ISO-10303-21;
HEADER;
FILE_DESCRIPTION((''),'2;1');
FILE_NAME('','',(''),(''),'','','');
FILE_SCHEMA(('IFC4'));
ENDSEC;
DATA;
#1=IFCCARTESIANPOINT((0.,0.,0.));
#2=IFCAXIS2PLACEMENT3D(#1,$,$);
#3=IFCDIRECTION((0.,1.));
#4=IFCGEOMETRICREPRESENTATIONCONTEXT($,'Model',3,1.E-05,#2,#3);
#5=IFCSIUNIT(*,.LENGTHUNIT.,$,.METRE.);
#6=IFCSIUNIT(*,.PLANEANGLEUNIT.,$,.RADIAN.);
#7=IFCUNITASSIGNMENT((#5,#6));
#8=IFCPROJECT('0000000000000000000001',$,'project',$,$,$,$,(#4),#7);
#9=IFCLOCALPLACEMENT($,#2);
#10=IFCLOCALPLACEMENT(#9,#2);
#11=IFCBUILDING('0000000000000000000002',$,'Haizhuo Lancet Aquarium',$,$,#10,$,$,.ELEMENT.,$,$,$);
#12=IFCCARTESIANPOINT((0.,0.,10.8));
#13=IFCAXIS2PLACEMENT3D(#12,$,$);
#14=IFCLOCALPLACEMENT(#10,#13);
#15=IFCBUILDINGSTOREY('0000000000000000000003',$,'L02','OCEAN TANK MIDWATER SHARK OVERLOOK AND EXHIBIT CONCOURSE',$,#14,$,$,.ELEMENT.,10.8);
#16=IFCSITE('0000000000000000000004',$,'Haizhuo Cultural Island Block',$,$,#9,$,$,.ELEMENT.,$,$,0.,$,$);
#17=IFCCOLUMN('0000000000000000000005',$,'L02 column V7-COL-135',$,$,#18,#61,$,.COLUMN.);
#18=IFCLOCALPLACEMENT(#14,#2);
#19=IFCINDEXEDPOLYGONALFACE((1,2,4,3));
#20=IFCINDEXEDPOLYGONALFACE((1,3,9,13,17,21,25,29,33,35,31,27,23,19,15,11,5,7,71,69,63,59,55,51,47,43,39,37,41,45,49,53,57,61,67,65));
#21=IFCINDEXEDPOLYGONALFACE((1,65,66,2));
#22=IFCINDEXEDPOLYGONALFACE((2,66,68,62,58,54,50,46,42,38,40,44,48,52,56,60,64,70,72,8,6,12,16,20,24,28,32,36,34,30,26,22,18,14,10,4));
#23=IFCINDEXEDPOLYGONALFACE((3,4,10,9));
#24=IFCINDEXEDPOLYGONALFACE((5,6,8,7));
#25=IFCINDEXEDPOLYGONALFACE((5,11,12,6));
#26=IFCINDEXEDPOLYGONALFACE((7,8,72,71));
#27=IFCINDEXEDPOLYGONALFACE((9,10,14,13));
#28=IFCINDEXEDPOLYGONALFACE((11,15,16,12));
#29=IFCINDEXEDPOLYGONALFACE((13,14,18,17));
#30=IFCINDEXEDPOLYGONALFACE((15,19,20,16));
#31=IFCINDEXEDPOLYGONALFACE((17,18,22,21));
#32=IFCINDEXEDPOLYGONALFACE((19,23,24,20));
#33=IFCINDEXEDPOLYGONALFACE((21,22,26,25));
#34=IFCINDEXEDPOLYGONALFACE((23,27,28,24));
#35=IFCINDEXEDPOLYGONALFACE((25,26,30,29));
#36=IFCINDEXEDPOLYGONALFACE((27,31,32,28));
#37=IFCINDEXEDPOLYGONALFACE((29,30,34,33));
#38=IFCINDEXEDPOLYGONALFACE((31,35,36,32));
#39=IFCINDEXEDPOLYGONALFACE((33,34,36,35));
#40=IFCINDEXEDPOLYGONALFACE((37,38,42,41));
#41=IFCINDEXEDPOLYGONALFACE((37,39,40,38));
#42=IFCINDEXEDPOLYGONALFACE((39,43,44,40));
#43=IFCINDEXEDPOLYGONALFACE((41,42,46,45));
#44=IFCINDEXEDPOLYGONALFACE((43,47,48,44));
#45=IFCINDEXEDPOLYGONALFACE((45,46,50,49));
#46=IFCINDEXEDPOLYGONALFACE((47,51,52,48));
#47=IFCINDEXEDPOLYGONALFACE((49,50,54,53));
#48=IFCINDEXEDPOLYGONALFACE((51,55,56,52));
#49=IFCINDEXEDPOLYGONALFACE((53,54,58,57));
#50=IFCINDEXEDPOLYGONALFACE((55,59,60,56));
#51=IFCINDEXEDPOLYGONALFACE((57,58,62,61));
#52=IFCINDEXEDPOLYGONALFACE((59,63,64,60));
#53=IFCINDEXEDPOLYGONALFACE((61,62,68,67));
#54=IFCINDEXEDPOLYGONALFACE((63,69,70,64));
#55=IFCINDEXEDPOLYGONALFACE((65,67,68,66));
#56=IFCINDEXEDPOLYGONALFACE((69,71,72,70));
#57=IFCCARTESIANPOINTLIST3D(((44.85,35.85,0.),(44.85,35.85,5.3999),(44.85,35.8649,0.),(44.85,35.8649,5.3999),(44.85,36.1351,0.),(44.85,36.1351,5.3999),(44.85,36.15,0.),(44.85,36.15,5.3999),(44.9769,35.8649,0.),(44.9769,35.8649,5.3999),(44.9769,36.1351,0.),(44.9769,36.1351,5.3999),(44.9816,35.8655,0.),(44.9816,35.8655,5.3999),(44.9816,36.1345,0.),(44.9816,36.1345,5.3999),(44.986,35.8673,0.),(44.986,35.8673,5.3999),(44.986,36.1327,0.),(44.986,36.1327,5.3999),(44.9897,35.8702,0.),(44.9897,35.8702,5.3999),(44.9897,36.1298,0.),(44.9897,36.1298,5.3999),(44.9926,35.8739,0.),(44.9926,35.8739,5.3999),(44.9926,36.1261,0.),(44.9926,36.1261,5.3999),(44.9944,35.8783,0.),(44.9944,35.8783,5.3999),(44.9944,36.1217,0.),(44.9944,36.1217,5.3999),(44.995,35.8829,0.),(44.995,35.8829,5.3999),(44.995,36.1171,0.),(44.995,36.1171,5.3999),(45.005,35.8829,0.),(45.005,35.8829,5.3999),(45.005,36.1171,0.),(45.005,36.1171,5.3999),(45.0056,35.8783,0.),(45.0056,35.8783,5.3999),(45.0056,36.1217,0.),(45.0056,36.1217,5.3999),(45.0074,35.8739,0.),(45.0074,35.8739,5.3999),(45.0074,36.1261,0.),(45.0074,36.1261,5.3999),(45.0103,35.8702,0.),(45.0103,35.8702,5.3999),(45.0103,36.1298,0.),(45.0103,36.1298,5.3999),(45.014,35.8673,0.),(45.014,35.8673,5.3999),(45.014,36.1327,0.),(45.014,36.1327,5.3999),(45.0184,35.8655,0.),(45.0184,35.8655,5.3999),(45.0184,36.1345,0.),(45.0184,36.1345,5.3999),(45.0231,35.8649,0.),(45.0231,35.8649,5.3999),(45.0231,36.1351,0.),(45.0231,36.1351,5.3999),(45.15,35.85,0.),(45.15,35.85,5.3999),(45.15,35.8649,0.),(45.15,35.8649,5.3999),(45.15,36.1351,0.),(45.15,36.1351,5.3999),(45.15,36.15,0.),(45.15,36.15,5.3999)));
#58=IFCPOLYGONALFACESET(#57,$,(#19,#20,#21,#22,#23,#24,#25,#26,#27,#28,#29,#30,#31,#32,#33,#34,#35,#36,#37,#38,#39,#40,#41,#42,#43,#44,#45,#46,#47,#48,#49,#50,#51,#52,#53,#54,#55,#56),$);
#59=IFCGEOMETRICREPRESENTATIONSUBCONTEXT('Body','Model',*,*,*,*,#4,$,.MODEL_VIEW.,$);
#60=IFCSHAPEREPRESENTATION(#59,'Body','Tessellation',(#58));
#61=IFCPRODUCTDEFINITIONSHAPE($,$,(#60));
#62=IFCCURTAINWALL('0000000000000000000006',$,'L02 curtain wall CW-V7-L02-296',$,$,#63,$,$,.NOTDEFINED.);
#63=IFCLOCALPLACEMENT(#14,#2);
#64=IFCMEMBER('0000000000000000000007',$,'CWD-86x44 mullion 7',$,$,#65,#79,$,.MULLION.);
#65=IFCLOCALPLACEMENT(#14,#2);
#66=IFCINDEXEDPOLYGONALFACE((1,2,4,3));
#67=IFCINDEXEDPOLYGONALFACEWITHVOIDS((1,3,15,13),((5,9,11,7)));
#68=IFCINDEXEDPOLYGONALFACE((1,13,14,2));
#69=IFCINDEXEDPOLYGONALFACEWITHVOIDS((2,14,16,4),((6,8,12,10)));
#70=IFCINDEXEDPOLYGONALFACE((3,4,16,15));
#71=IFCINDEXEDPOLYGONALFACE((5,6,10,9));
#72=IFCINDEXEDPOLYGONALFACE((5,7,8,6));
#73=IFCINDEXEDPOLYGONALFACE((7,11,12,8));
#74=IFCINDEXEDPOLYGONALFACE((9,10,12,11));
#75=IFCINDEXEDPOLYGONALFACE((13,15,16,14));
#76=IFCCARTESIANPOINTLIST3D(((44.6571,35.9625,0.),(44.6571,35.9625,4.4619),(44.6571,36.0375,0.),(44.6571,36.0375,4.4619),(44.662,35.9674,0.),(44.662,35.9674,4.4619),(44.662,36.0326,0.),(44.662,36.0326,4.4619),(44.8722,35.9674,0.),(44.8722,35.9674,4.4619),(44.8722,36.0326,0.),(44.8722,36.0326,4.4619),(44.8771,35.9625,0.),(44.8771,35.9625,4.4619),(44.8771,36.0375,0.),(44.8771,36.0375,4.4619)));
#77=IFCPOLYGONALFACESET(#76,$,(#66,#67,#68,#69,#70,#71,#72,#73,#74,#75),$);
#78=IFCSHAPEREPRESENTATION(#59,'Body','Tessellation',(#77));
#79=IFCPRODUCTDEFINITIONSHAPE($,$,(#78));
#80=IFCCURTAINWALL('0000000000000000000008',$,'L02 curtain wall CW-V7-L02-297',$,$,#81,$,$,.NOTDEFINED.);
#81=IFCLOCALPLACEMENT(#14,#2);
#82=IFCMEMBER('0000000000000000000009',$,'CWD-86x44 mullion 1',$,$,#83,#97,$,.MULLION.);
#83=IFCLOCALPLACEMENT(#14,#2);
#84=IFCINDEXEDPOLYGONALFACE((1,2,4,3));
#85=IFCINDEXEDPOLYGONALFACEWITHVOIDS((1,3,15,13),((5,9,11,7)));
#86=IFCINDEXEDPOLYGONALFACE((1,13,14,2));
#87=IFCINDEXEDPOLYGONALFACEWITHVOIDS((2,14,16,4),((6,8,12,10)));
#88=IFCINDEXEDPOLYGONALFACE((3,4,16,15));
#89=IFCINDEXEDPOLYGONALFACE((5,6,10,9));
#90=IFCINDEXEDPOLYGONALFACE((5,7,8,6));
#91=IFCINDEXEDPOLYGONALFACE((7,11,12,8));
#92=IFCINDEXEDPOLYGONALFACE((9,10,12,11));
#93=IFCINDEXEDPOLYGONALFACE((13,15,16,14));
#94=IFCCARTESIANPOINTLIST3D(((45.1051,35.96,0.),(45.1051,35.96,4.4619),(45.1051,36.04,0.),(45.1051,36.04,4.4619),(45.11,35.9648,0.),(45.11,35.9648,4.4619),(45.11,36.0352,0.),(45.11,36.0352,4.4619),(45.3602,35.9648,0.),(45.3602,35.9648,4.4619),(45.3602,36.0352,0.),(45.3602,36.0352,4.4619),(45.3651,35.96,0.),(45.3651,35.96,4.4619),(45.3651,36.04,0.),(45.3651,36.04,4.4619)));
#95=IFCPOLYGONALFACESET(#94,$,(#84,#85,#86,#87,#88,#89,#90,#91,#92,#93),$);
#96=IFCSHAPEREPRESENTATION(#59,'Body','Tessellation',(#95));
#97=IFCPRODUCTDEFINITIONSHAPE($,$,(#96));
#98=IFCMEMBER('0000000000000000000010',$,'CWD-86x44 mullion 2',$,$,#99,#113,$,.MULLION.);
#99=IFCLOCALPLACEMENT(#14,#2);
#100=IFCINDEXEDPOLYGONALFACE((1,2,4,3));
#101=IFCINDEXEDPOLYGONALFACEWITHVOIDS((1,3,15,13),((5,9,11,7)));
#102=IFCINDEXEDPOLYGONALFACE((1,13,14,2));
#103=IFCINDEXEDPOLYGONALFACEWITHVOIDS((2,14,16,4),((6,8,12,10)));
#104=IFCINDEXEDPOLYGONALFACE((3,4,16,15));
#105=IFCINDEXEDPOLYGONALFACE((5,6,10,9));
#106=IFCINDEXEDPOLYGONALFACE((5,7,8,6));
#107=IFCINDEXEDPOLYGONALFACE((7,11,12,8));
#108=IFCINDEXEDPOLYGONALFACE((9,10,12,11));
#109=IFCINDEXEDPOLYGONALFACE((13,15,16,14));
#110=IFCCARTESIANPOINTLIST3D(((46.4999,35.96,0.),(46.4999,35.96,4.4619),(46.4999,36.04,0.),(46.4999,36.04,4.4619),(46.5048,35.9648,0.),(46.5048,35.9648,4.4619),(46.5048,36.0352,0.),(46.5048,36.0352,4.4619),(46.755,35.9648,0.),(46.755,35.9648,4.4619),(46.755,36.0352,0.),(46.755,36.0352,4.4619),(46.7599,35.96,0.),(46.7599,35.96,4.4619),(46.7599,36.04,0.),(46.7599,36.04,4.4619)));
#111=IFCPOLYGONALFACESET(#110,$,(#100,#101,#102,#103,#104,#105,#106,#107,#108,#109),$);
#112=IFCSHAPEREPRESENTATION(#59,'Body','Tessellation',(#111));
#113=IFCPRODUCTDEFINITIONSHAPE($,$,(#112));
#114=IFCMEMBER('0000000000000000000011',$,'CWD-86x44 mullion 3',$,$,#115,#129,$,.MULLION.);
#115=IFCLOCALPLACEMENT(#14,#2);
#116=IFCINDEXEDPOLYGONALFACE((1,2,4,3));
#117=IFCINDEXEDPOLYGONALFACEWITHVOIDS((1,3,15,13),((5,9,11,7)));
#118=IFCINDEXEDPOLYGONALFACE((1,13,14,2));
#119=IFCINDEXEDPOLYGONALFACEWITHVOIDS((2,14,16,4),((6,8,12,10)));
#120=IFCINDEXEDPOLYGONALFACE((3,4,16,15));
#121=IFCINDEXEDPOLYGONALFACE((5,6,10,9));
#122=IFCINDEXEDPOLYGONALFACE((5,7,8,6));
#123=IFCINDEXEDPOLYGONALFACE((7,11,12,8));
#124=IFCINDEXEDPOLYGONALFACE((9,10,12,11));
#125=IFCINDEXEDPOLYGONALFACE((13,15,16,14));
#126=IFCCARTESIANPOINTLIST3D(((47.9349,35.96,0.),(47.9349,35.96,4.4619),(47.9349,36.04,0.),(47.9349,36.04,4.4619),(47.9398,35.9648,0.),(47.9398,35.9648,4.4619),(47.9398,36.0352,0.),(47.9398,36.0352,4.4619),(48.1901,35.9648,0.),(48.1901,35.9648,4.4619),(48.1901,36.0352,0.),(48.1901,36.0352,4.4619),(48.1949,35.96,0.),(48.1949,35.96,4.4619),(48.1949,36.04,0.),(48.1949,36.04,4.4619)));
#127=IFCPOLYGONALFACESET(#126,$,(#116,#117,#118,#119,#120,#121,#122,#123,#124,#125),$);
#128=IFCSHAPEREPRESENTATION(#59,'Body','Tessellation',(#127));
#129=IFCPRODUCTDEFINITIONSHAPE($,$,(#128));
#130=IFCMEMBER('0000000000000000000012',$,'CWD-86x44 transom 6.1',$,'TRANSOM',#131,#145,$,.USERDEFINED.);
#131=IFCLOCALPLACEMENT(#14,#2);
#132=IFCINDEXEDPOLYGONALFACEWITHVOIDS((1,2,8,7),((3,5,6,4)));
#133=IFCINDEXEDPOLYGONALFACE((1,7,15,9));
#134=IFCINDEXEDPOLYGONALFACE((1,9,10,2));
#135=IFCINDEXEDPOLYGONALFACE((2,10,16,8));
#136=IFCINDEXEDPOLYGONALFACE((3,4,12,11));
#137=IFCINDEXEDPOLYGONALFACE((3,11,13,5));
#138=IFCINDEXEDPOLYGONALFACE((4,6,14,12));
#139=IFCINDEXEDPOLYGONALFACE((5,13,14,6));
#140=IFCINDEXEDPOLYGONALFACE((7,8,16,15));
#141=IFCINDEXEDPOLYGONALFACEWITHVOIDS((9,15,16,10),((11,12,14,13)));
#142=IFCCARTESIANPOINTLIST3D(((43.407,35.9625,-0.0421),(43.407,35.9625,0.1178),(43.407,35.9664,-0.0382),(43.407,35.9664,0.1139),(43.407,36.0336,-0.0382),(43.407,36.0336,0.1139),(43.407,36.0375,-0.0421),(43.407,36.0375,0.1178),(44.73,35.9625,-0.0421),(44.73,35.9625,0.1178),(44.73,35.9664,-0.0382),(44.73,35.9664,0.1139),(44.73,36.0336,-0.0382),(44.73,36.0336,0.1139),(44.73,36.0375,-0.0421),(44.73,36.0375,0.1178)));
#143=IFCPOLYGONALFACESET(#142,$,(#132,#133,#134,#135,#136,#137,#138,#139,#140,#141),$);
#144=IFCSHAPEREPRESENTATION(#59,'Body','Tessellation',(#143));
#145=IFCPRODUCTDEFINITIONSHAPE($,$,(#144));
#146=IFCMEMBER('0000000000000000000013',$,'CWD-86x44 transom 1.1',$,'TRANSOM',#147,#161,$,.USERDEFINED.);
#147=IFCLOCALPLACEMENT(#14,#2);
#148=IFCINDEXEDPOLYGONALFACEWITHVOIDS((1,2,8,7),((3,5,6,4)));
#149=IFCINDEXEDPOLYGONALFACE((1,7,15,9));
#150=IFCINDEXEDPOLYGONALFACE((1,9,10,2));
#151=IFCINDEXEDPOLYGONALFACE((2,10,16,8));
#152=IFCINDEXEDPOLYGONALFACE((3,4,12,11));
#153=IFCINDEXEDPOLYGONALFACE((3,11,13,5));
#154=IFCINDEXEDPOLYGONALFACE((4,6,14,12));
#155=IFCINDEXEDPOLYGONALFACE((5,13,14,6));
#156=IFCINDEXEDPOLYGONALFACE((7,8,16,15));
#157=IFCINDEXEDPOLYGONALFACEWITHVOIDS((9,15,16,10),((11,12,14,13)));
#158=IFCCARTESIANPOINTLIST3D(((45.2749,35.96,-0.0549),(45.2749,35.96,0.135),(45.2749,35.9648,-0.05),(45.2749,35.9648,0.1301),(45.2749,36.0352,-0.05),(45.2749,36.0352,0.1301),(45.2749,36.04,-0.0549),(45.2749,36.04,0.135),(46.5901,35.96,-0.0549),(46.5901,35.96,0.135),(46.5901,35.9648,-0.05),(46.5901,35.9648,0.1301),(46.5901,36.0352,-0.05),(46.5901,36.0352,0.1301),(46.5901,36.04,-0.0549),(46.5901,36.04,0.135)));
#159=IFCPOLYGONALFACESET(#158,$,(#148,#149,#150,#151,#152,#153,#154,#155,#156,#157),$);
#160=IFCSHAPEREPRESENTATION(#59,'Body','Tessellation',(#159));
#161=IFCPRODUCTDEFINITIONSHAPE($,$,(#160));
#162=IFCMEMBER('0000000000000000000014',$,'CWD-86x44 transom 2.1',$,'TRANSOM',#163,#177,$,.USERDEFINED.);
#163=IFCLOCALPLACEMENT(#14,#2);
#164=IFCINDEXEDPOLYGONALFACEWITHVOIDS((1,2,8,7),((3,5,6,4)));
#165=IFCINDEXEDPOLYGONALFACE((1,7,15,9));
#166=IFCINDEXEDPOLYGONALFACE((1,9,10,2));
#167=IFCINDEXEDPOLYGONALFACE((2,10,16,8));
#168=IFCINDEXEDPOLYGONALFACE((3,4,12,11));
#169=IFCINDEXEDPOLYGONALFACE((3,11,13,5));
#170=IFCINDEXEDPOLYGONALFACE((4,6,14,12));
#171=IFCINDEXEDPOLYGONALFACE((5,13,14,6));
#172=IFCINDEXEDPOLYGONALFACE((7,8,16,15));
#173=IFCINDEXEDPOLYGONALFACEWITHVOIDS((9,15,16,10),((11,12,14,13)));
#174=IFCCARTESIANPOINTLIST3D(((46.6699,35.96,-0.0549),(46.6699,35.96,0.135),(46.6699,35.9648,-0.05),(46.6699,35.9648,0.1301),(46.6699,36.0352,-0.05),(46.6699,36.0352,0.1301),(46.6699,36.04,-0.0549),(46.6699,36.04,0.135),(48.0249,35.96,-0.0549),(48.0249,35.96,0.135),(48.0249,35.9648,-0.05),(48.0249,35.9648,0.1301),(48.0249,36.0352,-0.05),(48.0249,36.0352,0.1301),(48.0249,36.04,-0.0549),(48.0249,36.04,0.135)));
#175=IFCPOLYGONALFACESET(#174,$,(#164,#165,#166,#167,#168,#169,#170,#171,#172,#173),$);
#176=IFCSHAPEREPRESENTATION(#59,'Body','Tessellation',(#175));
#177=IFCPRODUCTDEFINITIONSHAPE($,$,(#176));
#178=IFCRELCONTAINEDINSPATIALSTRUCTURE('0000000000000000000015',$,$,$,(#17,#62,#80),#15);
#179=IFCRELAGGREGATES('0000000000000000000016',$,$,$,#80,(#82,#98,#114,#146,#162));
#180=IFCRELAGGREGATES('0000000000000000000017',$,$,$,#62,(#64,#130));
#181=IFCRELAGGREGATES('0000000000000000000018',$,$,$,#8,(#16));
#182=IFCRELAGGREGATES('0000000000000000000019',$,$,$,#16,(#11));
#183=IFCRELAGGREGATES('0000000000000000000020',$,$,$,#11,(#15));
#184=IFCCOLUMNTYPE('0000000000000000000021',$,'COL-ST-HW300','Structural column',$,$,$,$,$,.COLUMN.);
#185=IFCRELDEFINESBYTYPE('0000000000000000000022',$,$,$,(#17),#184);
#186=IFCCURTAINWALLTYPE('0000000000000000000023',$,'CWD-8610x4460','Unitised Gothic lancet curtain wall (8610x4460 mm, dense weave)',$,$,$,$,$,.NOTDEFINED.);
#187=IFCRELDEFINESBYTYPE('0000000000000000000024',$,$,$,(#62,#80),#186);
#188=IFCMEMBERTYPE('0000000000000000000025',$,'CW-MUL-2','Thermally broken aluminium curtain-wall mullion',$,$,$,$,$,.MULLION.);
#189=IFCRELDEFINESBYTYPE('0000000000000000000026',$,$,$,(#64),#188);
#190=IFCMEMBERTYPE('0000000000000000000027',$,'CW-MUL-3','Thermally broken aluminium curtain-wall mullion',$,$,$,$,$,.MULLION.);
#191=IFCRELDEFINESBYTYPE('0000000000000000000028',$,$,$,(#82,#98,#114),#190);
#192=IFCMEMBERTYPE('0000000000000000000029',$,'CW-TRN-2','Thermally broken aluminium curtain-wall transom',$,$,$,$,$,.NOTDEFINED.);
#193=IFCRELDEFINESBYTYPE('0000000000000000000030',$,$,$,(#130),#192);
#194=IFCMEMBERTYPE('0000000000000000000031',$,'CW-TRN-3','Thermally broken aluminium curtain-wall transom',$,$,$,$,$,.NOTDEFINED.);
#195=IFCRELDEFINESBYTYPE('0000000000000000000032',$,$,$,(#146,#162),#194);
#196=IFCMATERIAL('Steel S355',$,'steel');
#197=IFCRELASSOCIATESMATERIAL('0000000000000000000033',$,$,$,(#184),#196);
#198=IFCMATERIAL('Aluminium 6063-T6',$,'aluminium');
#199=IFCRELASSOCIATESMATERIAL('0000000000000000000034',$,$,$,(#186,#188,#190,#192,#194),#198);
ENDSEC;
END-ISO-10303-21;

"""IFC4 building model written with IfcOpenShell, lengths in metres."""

from ifc_helpers import new_model, si_unit, direction, frame, origin, origin_2d, place, context, subcontext, project, spatial, hollow_rectangle, i_section, extrude, material, material_profile, profile_set, type_object, element, aggregate, save


model = new_model("IFC4")

# Units and contexts
model_context = context("Model", 3, precision=1e-05, world=origin(), true_north=direction((0.0, 1.0)))
body_context = subcontext(model_context, "Body", "Model", "MODEL_VIEW")
ifc_project = project(units=[si_unit("LENGTHUNIT", "METRE"), si_unit("PLANEANGLEUNIT", "RADIAN")], contexts=[model_context])

# Site, building, storey
site_placement = place(None, origin())
site = spatial("IfcSite", under=ifc_project, at=site_placement, Name="Haizhuo Cultural Island Block", CompositionType="ELEMENT", RefElevation=0.0)
building_placement = place(site_placement, origin())
building = spatial("IfcBuilding", under=site, at=building_placement, Name="Haizhuo Lancet Aquarium", CompositionType="ELEMENT")
storey_placement = place(building_placement, frame((0.0, 0.0, 10.8)))
storey = spatial("IfcBuildingStorey", under=building, at=storey_placement, Name="L02", Description="OCEAN TANK MIDWATER SHARK OVERLOOK AND EXHIBIT CONCOURSE", CompositionType="ELEMENT", Elevation=10.8)

# Column
ifc_material_1 = material(Name="Steel S355", Category="steel")
ifc_material_profile_1 = material_profile(ifc_material_1, i_section(OverallWidth=0.3, OverallDepth=0.3, WebThickness=0.01, FlangeThickness=0.0149, FilletRadius=0.0181, at=origin_2d()), Name="HW 300x300x10x15")
ifc_profile_set_1 = profile_set([ifc_material_profile_1], Name="Steel S355")
column_type = type_object("IfcColumnType", Name="COL-ST-HW300", Description="Structural column", PredefinedType="COLUMN", material=ifc_profile_set_1)
column_placement = place(storey_placement, frame((45.0, 36.0, 0.0), z_axis=(0.0, 0.0, 1.0), x_axis=(1.0, 0.0, 0.0)))
element("IfcColumn", 1, at=column_placement, inside=storey, type_object=column_type, Name="L02 column V7-COL-135", PredefinedType="COLUMN", context=body_context, shape_type="SweptSolid", body=[
    extrude(i_section(OverallWidth=0.3, OverallDepth=0.3, WebThickness=0.01, FlangeThickness=0.0149, FilletRadius=0.0181, at=origin_2d()), origin(), (0.0, 0.0, 1.0), 5.3999),
])

# Curtain wall, member
ifc_material_2 = material(Name="Aluminium 6063-T6", Category="aluminium")
curtain_wall_type = type_object("IfcCurtainWallType", Name="CWD-8610x4460", Description="Unitised Gothic lancet curtain wall (8610x4460 mm, dense weave)", PredefinedType="NOTDEFINED", material=ifc_material_2)
curtain_wall_1_placement = place(storey_placement, origin())
curtain_wall_1 = element("IfcCurtainWall", 2, at=curtain_wall_1_placement, inside=storey, type_object=curtain_wall_type, Name="L02 curtain wall CW-V7-L02-296", PredefinedType="NOTDEFINED")
ifc_material_profile_2 = material_profile(ifc_material_2, hollow_rectangle(XDim=0.075, YDim=0.22, WallThickness=0.0049, at=origin_2d()), Name="ALU-M 75x220x5")
ifc_profile_set_2 = profile_set([ifc_material_profile_2], Name="Aluminium 6063-T6")
member_type_1 = type_object("IfcMemberType", Name="CW-MUL-2", Description="Thermally broken aluminium curtain-wall mullion", PredefinedType="MULLION", material=ifc_profile_set_2)
member_1_placement = place(storey_placement, frame((44.7671, 36.0, 0.0), z_axis=(0.0, 0.0, 1.0), x_axis=(0.0, 1.0, 0.0)))
member_1 = element("IfcMember", 3, at=member_1_placement, type_object=member_type_1, Name="CWD-86x44 mullion 7", PredefinedType="MULLION", context=body_context, shape_type="SweptSolid", body=[
    extrude(hollow_rectangle(XDim=0.075, YDim=0.22, WallThickness=0.0049, at=origin_2d()), origin(), (0.0, 0.0, 1.0), 4.4619),
])

# Curtain wall, members
curtain_wall_2_placement = place(storey_placement, origin())
curtain_wall_2 = element("IfcCurtainWall", 4, at=curtain_wall_2_placement, inside=storey, type_object=curtain_wall_type, Name="L02 curtain wall CW-V7-L02-297", PredefinedType="NOTDEFINED")
ifc_material_profile_3 = material_profile(ifc_material_2, hollow_rectangle(XDim=0.0801, YDim=0.26, WallThickness=0.0049, at=origin_2d()), Name="ALU-M 80x260x5")
ifc_profile_set_3 = profile_set([ifc_material_profile_3], Name="Aluminium 6063-T6")
member_type_2 = type_object("IfcMemberType", Name="CW-MUL-3", Description="Thermally broken aluminium curtain-wall mullion", PredefinedType="MULLION", material=ifc_profile_set_3)
member_2_placement = place(storey_placement, frame((45.2351, 36.0, 0.0), z_axis=(0.0, 0.0, 1.0), x_axis=(0.0, 1.0, 0.0)))
member_2 = element("IfcMember", 5, at=member_2_placement, type_object=member_type_2, Name="CWD-86x44 mullion 1", PredefinedType="MULLION", context=body_context, shape_type="SweptSolid", body=[
    extrude(hollow_rectangle(XDim=0.0801, YDim=0.26, WallThickness=0.0049, at=origin_2d()), origin(), (0.0, 0.0, 1.0), 4.4619),
])
member_3_placement = place(storey_placement, frame((46.6299, 36.0, 0.0), z_axis=(0.0, 0.0, 1.0), x_axis=(0.0, 1.0, 0.0)))
member_3 = element("IfcMember", 6, at=member_3_placement, type_object=member_type_2, Name="CWD-86x44 mullion 2", PredefinedType="MULLION", context=body_context, shape_type="SweptSolid", body=[
    extrude(hollow_rectangle(XDim=0.0801, YDim=0.26, WallThickness=0.0049, at=origin_2d()), origin(), (0.0, 0.0, 1.0), 4.4619),
])
member_4_placement = place(storey_placement, frame((48.0649, 36.0, 0.0), z_axis=(0.0, 0.0, 1.0), x_axis=(0.0, 1.0, 0.0)))
member_4 = element("IfcMember", 7, at=member_4_placement, type_object=member_type_2, Name="CWD-86x44 mullion 3", PredefinedType="MULLION", context=body_context, shape_type="SweptSolid", body=[
    extrude(hollow_rectangle(XDim=0.0801, YDim=0.26, WallThickness=0.0049, at=origin_2d()), origin(), (0.0, 0.0, 1.0), 4.4619),
])

# Members
ifc_material_profile_4 = material_profile(ifc_material_2, hollow_rectangle(XDim=0.075, YDim=0.1599, WallThickness=0.0039, at=origin_2d()), Name="ALU-T 75x160x4")
ifc_profile_set_4 = profile_set([ifc_material_profile_4], Name="Aluminium 6063-T6")
member_type_3 = type_object("IfcMemberType", Name="CW-TRN-2", Description="Thermally broken aluminium curtain-wall transom", PredefinedType="NOTDEFINED", material=ifc_profile_set_4)
member_5_placement = place(storey_placement, frame((43.407, 36.0, 0.0378), z_axis=(1.0, 0.0, 0.0), x_axis=(0.0, 1.0, 0.0)))
member_5 = element("IfcMember", 8, at=member_5_placement, type_object=member_type_3, Name="CWD-86x44 transom 6.1", ObjectType="TRANSOM", PredefinedType="USERDEFINED", context=body_context, shape_type="SweptSolid", body=[
    extrude(hollow_rectangle(XDim=0.075, YDim=0.1599, WallThickness=0.0039, at=origin_2d()), origin(), (0.0, 0.0, 1.0), 1.323),
])
ifc_material_profile_5 = material_profile(ifc_material_2, hollow_rectangle(XDim=0.0801, YDim=0.1899, WallThickness=0.0049, at=origin_2d()), Name="ALU-T 80x190x5")
ifc_profile_set_5 = profile_set([ifc_material_profile_5], Name="Aluminium 6063-T6")
member_type_4 = type_object("IfcMemberType", Name="CW-TRN-3", Description="Thermally broken aluminium curtain-wall transom", PredefinedType="NOTDEFINED", material=ifc_profile_set_5)
member_6_placement = place(storey_placement, frame((45.2749, 36.0, 0.04), z_axis=(1.0, 0.0, 0.0), x_axis=(0.0, 1.0, 0.0)))
member_6 = element("IfcMember", 9, at=member_6_placement, type_object=member_type_4, Name="CWD-86x44 transom 1.1", ObjectType="TRANSOM", PredefinedType="USERDEFINED", context=body_context, shape_type="SweptSolid", body=[
    extrude(hollow_rectangle(XDim=0.0801, YDim=0.1899, WallThickness=0.0049, at=origin_2d()), origin(), (0.0, 0.0, 1.0), 1.3152),
])
member_7_placement = place(storey_placement, frame((46.6699, 36.0, 0.04), z_axis=(1.0, 0.0, 0.0), x_axis=(0.0, 1.0, 0.0)))
member_7 = element("IfcMember", 10, at=member_7_placement, type_object=member_type_4, Name="CWD-86x44 transom 2.1", ObjectType="TRANSOM", PredefinedType="USERDEFINED", context=body_context, shape_type="SweptSolid", body=[
    extrude(hollow_rectangle(XDim=0.0801, YDim=0.1899, WallThickness=0.0049, at=origin_2d()), origin(), (0.0, 0.0, 1.0), 1.355),
])

aggregate(curtain_wall_2, [member_2, member_3, member_4, member_6, member_7])
aggregate(curtain_wall_1, [member_1, member_5])

save(model, "model.ifc")
